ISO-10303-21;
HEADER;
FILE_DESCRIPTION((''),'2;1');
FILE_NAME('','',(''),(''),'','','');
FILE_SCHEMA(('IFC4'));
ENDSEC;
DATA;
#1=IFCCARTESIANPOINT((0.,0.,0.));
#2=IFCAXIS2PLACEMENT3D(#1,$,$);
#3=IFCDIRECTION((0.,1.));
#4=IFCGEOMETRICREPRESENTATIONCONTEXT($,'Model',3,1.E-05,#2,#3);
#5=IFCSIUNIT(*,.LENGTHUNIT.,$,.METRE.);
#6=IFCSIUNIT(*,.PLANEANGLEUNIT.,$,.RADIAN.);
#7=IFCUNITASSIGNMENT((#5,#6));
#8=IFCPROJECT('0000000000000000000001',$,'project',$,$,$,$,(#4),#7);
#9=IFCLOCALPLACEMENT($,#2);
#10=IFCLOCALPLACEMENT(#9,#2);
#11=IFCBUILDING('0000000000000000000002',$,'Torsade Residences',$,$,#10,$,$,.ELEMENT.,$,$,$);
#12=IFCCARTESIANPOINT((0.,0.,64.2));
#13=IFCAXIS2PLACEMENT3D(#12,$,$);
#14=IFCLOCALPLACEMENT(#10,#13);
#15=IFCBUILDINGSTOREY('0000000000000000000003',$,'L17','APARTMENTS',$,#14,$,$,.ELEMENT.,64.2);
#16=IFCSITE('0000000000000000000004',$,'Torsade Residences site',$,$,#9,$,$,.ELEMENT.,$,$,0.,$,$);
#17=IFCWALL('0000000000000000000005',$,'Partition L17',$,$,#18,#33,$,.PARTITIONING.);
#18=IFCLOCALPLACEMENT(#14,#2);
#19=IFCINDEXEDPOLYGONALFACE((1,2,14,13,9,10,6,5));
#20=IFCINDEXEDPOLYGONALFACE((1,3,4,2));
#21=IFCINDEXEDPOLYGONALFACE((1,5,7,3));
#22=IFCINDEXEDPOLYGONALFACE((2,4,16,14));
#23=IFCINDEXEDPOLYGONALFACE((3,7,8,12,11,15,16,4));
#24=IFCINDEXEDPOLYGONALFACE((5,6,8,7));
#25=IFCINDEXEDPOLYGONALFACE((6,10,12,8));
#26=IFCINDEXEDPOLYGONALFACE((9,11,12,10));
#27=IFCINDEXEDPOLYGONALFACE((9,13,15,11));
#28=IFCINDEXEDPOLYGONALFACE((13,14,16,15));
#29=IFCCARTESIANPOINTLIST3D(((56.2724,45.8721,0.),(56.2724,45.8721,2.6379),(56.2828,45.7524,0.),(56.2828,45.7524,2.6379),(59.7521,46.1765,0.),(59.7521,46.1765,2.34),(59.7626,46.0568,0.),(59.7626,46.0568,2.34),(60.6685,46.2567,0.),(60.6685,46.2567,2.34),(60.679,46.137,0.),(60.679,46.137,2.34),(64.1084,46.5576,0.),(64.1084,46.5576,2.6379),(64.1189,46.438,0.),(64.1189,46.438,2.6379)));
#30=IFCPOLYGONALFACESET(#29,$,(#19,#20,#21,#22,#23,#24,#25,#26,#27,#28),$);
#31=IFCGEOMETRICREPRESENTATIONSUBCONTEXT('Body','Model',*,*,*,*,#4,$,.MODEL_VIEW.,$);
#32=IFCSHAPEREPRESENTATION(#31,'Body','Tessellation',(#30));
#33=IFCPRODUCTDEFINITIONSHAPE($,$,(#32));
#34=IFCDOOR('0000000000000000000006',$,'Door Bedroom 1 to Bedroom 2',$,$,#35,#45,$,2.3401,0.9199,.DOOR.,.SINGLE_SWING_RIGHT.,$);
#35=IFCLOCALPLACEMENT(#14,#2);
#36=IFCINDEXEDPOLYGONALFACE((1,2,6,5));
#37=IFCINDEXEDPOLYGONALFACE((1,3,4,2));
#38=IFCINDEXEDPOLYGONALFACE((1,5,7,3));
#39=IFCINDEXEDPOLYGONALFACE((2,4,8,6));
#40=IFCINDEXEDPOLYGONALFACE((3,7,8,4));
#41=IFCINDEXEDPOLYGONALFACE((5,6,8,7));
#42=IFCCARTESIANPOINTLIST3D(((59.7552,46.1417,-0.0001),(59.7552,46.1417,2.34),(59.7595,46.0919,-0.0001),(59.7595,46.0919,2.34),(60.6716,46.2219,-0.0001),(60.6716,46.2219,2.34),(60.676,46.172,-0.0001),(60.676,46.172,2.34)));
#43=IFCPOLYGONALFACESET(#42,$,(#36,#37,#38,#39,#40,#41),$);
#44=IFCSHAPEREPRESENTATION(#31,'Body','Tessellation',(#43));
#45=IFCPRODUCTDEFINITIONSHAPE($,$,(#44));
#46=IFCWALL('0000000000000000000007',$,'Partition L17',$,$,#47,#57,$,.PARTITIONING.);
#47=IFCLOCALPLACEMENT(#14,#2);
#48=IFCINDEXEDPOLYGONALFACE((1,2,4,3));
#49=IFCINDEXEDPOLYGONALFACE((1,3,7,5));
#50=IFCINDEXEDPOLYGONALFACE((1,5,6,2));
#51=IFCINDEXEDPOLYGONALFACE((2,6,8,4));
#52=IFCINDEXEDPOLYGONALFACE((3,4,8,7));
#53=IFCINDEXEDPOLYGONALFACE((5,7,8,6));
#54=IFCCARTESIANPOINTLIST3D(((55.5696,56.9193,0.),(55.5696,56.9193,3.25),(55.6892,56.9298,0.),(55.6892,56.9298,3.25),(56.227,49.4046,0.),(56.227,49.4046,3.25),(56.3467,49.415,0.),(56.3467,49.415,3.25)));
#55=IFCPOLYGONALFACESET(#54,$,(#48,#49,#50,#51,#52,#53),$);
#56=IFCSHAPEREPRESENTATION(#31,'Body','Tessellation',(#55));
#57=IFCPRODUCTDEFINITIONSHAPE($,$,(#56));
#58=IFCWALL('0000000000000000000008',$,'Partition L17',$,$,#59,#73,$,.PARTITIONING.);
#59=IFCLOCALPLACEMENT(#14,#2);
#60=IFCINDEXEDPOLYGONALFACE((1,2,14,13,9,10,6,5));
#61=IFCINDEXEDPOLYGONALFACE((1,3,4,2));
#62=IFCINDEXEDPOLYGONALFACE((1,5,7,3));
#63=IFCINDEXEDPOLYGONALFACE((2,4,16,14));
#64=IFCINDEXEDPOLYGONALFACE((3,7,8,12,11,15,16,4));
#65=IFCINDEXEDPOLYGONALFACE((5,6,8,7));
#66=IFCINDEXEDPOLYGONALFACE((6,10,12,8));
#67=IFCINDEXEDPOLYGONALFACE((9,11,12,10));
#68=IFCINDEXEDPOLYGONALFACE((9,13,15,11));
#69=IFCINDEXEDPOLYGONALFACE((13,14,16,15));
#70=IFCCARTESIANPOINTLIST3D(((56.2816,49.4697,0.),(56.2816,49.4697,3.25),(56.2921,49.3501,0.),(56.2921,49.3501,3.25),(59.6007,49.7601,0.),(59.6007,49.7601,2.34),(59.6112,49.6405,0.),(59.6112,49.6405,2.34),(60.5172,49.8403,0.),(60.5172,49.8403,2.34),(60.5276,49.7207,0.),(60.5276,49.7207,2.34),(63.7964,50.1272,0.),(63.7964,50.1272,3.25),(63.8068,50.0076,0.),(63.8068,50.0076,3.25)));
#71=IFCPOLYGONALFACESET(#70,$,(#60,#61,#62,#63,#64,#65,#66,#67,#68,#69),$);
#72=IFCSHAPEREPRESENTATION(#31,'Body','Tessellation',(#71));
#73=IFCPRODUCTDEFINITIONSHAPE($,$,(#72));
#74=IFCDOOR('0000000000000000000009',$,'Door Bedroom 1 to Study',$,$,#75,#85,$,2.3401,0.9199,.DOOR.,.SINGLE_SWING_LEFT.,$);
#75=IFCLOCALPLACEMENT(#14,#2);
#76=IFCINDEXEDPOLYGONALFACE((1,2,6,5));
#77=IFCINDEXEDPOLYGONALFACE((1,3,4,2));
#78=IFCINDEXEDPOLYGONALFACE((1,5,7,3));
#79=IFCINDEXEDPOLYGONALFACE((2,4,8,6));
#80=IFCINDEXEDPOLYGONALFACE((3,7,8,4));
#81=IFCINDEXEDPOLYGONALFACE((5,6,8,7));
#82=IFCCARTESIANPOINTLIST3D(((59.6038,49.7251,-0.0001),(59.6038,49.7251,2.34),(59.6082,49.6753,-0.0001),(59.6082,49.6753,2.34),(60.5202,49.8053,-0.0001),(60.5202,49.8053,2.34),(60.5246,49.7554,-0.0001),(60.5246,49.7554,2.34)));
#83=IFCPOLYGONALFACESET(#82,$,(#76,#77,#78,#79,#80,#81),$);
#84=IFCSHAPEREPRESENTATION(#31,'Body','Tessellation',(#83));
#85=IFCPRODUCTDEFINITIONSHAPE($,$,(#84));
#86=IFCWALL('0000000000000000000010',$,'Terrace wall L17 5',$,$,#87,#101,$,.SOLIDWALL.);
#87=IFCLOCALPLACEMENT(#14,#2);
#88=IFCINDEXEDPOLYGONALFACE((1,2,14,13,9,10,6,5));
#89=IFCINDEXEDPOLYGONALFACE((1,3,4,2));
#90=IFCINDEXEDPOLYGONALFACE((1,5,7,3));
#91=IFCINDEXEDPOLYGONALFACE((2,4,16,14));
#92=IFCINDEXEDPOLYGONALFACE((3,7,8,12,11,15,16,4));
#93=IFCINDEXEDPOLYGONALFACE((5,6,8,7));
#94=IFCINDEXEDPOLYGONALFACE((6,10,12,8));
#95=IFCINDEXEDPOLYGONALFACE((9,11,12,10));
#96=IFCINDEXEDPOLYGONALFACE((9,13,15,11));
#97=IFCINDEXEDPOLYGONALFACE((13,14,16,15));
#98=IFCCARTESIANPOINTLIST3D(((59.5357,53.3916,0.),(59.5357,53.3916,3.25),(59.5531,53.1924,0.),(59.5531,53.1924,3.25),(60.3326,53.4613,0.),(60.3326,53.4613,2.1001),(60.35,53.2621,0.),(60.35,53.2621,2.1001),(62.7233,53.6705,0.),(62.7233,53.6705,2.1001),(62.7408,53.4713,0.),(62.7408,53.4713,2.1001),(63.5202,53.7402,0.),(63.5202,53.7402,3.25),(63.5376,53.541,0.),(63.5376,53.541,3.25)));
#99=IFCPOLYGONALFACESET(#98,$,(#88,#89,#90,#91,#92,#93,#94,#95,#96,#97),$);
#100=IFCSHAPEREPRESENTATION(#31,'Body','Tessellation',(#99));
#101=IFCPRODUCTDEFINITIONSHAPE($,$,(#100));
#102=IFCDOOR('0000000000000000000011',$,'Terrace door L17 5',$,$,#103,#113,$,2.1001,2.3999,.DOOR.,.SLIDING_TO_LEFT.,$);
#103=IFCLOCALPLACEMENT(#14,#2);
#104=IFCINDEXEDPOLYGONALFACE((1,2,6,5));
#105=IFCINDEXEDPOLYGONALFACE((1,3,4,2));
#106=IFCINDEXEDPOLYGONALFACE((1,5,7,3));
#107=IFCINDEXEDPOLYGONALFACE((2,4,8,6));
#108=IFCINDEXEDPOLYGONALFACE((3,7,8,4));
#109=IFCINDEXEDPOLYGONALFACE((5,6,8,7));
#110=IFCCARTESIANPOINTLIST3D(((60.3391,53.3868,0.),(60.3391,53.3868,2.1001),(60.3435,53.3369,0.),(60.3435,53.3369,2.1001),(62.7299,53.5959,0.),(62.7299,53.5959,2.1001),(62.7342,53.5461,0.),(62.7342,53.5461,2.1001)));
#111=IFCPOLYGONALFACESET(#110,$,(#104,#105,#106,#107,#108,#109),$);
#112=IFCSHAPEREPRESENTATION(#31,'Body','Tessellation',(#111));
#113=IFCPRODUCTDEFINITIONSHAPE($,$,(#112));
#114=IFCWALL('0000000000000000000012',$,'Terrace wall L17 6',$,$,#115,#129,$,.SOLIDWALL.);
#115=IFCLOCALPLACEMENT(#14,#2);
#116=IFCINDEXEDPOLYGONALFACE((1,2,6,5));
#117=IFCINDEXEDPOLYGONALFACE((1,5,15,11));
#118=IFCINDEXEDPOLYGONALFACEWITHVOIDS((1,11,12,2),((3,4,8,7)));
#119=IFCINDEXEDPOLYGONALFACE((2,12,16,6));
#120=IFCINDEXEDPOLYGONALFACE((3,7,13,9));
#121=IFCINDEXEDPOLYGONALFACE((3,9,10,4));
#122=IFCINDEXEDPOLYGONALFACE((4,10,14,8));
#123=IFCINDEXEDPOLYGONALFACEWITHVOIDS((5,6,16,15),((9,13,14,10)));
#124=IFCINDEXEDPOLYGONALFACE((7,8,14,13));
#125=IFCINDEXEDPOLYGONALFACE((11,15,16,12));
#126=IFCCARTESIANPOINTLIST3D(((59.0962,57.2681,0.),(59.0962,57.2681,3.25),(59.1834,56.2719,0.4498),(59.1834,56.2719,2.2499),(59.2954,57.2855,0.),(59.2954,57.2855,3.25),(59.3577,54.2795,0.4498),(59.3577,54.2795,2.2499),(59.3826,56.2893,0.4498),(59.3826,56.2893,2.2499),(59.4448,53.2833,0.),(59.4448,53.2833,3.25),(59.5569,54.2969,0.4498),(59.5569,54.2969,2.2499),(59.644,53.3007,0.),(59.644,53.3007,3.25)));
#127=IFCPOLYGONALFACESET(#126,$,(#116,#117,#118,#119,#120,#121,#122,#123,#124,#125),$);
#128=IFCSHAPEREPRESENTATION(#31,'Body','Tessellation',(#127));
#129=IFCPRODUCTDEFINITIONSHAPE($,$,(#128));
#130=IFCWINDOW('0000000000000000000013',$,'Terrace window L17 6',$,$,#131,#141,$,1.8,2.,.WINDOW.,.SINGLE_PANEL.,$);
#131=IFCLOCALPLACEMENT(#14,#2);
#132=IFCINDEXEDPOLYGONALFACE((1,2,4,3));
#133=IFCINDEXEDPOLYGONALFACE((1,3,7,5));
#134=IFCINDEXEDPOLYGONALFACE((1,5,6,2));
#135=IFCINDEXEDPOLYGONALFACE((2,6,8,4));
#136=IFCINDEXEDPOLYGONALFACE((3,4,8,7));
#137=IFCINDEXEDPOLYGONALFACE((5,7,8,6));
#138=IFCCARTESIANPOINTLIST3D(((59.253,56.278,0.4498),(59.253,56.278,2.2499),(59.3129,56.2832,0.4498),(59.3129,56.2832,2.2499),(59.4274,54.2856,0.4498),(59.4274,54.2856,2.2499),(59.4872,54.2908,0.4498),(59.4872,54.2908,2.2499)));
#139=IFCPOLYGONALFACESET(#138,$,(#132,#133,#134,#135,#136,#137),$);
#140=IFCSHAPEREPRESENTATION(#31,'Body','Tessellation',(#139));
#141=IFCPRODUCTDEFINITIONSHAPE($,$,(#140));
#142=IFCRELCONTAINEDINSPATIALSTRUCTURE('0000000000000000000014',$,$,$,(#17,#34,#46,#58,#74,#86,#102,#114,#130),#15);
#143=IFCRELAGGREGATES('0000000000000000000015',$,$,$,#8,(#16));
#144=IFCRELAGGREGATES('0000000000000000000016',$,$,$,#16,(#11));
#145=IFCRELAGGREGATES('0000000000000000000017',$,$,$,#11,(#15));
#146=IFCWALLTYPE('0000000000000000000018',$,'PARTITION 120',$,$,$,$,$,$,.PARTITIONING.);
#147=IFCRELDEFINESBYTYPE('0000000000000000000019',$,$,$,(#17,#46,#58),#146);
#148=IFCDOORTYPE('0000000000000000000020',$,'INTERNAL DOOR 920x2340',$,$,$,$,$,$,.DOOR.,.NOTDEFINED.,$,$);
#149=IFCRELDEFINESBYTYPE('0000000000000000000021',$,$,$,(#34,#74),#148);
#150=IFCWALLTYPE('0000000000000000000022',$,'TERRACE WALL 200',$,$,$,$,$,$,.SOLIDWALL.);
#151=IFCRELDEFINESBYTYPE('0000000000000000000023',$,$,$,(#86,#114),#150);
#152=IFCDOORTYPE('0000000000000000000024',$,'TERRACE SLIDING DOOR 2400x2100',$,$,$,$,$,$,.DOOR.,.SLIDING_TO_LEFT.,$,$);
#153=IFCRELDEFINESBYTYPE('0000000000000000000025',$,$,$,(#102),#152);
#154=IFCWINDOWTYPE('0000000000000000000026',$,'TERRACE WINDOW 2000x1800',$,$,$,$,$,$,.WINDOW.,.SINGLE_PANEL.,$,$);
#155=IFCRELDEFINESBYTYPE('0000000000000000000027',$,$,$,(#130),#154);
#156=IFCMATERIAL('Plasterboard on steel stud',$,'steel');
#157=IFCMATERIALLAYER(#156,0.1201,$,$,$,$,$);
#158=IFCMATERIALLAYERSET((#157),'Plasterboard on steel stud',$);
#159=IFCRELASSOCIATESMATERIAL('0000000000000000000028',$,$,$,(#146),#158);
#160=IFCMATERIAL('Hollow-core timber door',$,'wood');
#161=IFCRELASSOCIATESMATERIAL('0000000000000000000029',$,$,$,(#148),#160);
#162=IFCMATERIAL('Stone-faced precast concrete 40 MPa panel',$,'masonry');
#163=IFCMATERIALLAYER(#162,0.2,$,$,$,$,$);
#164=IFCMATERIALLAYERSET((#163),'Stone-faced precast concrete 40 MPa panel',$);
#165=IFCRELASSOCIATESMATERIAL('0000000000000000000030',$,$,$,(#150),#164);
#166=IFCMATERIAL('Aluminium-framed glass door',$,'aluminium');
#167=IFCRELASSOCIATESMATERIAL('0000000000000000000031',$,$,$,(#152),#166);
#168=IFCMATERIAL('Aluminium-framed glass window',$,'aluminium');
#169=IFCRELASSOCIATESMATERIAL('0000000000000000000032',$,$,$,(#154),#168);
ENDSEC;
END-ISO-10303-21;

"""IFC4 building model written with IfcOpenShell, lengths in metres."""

from ifc_helpers import new_model, si_unit, direction, frame, frame_2d, origin, place, context, subcontext, project, spatial, rectangle, extrude, material, layer, layer_set, type_object, element, fill, save


model = new_model("IFC4")

# Units and contexts
model_context = context("Model", 3, precision=1e-05, world=origin(), true_north=direction((0.0, 1.0)))
body_context = subcontext(model_context, "Body", "Model", "MODEL_VIEW")
ifc_project = project(units=[si_unit("LENGTHUNIT", "METRE"), si_unit("PLANEANGLEUNIT", "RADIAN")], contexts=[model_context])

# Site, building, storey
site_placement = place(None, origin())
site = spatial("IfcSite", under=ifc_project, at=site_placement, Name="Torsade Residences site", CompositionType="ELEMENT", RefElevation=0.0)
building_placement = place(site_placement, origin())
building = spatial("IfcBuilding", under=site, at=building_placement, Name="Torsade Residences", CompositionType="ELEMENT")
storey_placement = place(building_placement, frame((0.0, 0.0, 64.2)))
storey = spatial("IfcBuildingStorey", under=building, at=storey_placement, Name="L17", Description="APARTMENTS", CompositionType="ELEMENT", Elevation=64.2)

# Wall, opening, door
ifc_material_1 = material(Name="Plasterboard on steel stud", Category="steel")
ifc_layer_1 = layer(ifc_material_1, 0.1201)
ifc_layer_set_1 = layer_set([ifc_layer_1], Name="Plasterboard on steel stud")
wall_type_1 = type_object("IfcWallType", Name="PARTITION 120", PredefinedType="PARTITIONING", material=ifc_layer_set_1)
ifc_material_2 = material(Name="Hollow-core timber door", Category="wood")
door_type_1 = type_object("IfcDoorType", Name="INTERNAL DOOR 920x2340", OperationType="NOTDEFINED", PredefinedType="DOOR", material=ifc_material_2)
wall_1_placement = place(storey_placement, frame((64.1138, 46.4978, 0.0), z_axis=(0.0, 0.0, 1.0), x_axis=(-0.996195, -0.087155, 0.0)))
wall_1 = element("IfcWall", 1, at=wall_1_placement, inside=storey, type_object=wall_type_1, Name="Partition L17", PredefinedType="PARTITIONING", context=body_context, shape_type="SweptSolid", body=[
    extrude(rectangle(XDim=7.866, YDim=0.1201, at=frame_2d((3.9331, 0.0))), origin(), (0.0, 0.0, 1.0), 2.6379),
])
opening_1_placement = place(wall_1_placement, frame((3.4531, 0.0, 0.0)))
opening_1 = element("IfcOpeningElement", 2, at=opening_1_placement, cuts=wall_1, PredefinedType="OPENING", context=body_context, shape_type="SweptSolid", body=[
    extrude(rectangle(XDim=0.9199, YDim=2.3401, at=frame_2d((0.46, 1.1699))), frame((0.0, 0.0701, 0.0), z_axis=(0.0, -1.0, 0.0), x_axis=(1.0, 0.0, 0.0)), (0.0, 0.0, 1.0), 0.1401),
])
door_1_placement = place(opening_1_placement, origin())
door_1 = element("IfcDoor", 3, at=door_1_placement, inside=storey, type_object=door_type_1, Name="Door Bedroom 1 to Bedroom 2", OperationType="SINGLE_SWING_RIGHT", OverallHeight=2.3401, OverallWidth=0.9199, PredefinedType="DOOR", context=body_context, shape_type="SweptSolid", body=[
    extrude(rectangle(XDim=0.9199, YDim=2.3401, at=frame_2d((0.46, 1.1699))), frame((0.0, 0.0249, 0.0), z_axis=(0.0, -1.0, 0.0), x_axis=(1.0, 0.0, 0.0)), (0.0, 0.0, 1.0), 0.05),
])
fill(opening_1, door_1)

# Wall
wall_2_placement = place(storey_placement, frame((55.6294, 56.9246, 0.0), z_axis=(0.0, 0.0, 1.0), x_axis=(0.087159, -0.996194, 0.0)))
element("IfcWall", 4, at=wall_2_placement, inside=storey, type_object=wall_type_1, Name="Partition L17", PredefinedType="PARTITIONING", context=body_context, shape_type="SweptSolid", body=[
    extrude(rectangle(XDim=7.5435, YDim=0.1201, at=frame_2d((3.7717, 0.0))), origin(), (0.0, 0.0, 1.0), 3.25),
])

# Walls, openings, doors
wall_3_placement = place(storey_placement, frame((56.2869, 49.4099, 0.0), z_axis=(0.0, 0.0, 1.0), x_axis=(0.996194, 0.087159, 0.0)))
wall_3 = element("IfcWall", 5, at=wall_3_placement, inside=storey, type_object=wall_type_1, Name="Partition L17", PredefinedType="PARTITIONING", context=body_context, shape_type="SweptSolid", body=[
    extrude(rectangle(XDim=7.5435, YDim=0.1201, at=frame_2d((3.7717, 0.0))), origin(), (0.0, 0.0, 1.0), 3.25),
])
opening_2_placement = place(wall_3_placement, frame((3.3318, 0.0, 0.0)))
opening_2 = element("IfcOpeningElement", 6, at=opening_2_placement, cuts=wall_3, PredefinedType="OPENING", context=body_context, shape_type="SweptSolid", body=[
    extrude(rectangle(XDim=0.9199, YDim=2.3401, at=frame_2d((0.46, 1.1699))), frame((0.0, 0.0701, 0.0), z_axis=(0.0, -1.0, 0.0), x_axis=(1.0, 0.0, 0.0)), (0.0, 0.0, 1.0), 0.1401),
])
door_2_placement = place(opening_2_placement, origin())
door_2 = element("IfcDoor", 7, at=door_2_placement, inside=storey, type_object=door_type_1, Name="Door Bedroom 1 to Study", OperationType="SINGLE_SWING_LEFT", OverallHeight=2.3401, OverallWidth=0.9199, PredefinedType="DOOR", context=body_context, shape_type="SweptSolid", body=[
    extrude(rectangle(XDim=0.9199, YDim=2.3401, at=frame_2d((0.46, 1.1699))), frame((0.0, 0.0249, 0.0), z_axis=(0.0, -1.0, 0.0), x_axis=(1.0, 0.0, 0.0)), (0.0, 0.0, 1.0), 0.05),
])
fill(opening_2, door_2)
ifc_material_3 = material(Name="Stone-faced precast concrete 40 MPa panel", Category="masonry")
ifc_layer_2 = layer(ifc_material_3, 0.2)
ifc_layer_set_2 = layer_set([ifc_layer_2], Name="Stone-faced precast concrete 40 MPa panel")
wall_type_2 = type_object("IfcWallType", Name="TERRACE WALL 200", PredefinedType="SOLIDWALL", material=ifc_layer_set_2)
wall_4_placement = place(storey_placement, frame((63.5291, 53.6406, 0.0), z_axis=(0.0, 0.0, 1.0), x_axis=(-0.996194, -0.087162, 0.0)))
wall_4 = element("IfcWall", 8, at=wall_4_placement, inside=storey, type_object=wall_type_2, Name="Terrace wall L17 5", PredefinedType="SOLIDWALL", context=body_context, shape_type="SweptSolid", body=[
    extrude(rectangle(XDim=3.9998, YDim=0.2, at=frame_2d((2.0, 0.0))), origin(), (0.0, 0.0, 1.0), 3.25),
])
opening_3_placement = place(wall_4_placement, frame((0.8, 0.0, 0.0)))
opening_3 = element("IfcOpeningElement", 9, at=opening_3_placement, cuts=wall_4, PredefinedType="OPENING", context=body_context, shape_type="SweptSolid", body=[
    extrude(rectangle(XDim=2.3999, YDim=2.1001, at=frame_2d((1.2, 1.05))), frame((0.0, 0.1099, 0.0), z_axis=(0.0, -1.0, 0.0), x_axis=(1.0, 0.0, 0.0)), (0.0, 0.0, 1.0), 0.22),
])
ifc_material_4 = material(Name="Aluminium-framed glass door", Category="aluminium")
door_type_2 = type_object("IfcDoorType", Name="TERRACE SLIDING DOOR 2400x2100", OperationType="SLIDING_TO_LEFT", PredefinedType="DOOR", material=ifc_material_4)
door_3_placement = place(opening_3_placement, origin())
door_3 = element("IfcDoor", 10, at=door_3_placement, inside=storey, type_object=door_type_2, Name="Terrace door L17 5", OperationType="SLIDING_TO_LEFT", OverallHeight=2.1001, OverallWidth=2.3999, PredefinedType="DOOR", context=body_context, shape_type="SweptSolid", body=[
    extrude(rectangle(XDim=2.3999, YDim=2.1001, at=frame_2d((1.2, 1.05))), frame((0.0, 0.0249, 0.0), z_axis=(0.0, -1.0, 0.0), x_axis=(1.0, 0.0, 0.0)), (0.0, 0.0, 1.0), 0.05),
])
fill(opening_3, door_3)

# Wall, opening, window
wall_5_placement = place(storey_placement, frame((59.5444, 53.292, 0.0), z_axis=(0.0, 0.0, 1.0), x_axis=(-0.087156, 0.996195, 0.0)))
wall_5 = element("IfcWall", 11, at=wall_5_placement, inside=storey, type_object=wall_type_2, Name="Terrace wall L17 6", PredefinedType="SOLIDWALL", context=body_context, shape_type="SweptSolid", body=[
    extrude(rectangle(XDim=4.0, YDim=0.2, at=frame_2d((2.0, 0.0))), origin(), (0.0, 0.0, 1.0), 3.25),
])
opening_4_placement = place(wall_5_placement, frame((1.0, 0.0, 0.45)))
opening_4 = element("IfcOpeningElement", 12, at=opening_4_placement, cuts=wall_5, PredefinedType="OPENING", context=body_context, shape_type="SweptSolid", body=[
    extrude(rectangle(XDim=2.0, YDim=1.8, at=frame_2d((1.0, 0.8999))), frame((0.0, 0.1099, 0.0), z_axis=(0.0, -1.0, 0.0), x_axis=(1.0, 0.0, 0.0)), (0.0, 0.0, 1.0), 0.22),
])
ifc_material_5 = material(Name="Aluminium-framed glass window", Category="aluminium")
window_type = type_object("IfcWindowType", Name="TERRACE WINDOW 2000x1800", PartitioningType="SINGLE_PANEL", PredefinedType="WINDOW", material=ifc_material_5)
window_placement = place(opening_4_placement, origin())
window = element("IfcWindow", 13, at=window_placement, inside=storey, type_object=window_type, Name="Terrace window L17 6", OverallHeight=1.8, OverallWidth=2.0, PartitioningType="SINGLE_PANEL", PredefinedType="WINDOW", context=body_context, shape_type="SweptSolid", body=[
    extrude(rectangle(XDim=2.0, YDim=1.8, at=frame_2d((1.0, 0.8999))), frame((0.0, 0.03, 0.0), z_axis=(0.0, -1.0, 0.0), x_axis=(1.0, 0.0, 0.0)), (0.0, 0.0, 1.0), 0.0601),
])
fill(opening_4, window)

save(model, "model.ifc")
